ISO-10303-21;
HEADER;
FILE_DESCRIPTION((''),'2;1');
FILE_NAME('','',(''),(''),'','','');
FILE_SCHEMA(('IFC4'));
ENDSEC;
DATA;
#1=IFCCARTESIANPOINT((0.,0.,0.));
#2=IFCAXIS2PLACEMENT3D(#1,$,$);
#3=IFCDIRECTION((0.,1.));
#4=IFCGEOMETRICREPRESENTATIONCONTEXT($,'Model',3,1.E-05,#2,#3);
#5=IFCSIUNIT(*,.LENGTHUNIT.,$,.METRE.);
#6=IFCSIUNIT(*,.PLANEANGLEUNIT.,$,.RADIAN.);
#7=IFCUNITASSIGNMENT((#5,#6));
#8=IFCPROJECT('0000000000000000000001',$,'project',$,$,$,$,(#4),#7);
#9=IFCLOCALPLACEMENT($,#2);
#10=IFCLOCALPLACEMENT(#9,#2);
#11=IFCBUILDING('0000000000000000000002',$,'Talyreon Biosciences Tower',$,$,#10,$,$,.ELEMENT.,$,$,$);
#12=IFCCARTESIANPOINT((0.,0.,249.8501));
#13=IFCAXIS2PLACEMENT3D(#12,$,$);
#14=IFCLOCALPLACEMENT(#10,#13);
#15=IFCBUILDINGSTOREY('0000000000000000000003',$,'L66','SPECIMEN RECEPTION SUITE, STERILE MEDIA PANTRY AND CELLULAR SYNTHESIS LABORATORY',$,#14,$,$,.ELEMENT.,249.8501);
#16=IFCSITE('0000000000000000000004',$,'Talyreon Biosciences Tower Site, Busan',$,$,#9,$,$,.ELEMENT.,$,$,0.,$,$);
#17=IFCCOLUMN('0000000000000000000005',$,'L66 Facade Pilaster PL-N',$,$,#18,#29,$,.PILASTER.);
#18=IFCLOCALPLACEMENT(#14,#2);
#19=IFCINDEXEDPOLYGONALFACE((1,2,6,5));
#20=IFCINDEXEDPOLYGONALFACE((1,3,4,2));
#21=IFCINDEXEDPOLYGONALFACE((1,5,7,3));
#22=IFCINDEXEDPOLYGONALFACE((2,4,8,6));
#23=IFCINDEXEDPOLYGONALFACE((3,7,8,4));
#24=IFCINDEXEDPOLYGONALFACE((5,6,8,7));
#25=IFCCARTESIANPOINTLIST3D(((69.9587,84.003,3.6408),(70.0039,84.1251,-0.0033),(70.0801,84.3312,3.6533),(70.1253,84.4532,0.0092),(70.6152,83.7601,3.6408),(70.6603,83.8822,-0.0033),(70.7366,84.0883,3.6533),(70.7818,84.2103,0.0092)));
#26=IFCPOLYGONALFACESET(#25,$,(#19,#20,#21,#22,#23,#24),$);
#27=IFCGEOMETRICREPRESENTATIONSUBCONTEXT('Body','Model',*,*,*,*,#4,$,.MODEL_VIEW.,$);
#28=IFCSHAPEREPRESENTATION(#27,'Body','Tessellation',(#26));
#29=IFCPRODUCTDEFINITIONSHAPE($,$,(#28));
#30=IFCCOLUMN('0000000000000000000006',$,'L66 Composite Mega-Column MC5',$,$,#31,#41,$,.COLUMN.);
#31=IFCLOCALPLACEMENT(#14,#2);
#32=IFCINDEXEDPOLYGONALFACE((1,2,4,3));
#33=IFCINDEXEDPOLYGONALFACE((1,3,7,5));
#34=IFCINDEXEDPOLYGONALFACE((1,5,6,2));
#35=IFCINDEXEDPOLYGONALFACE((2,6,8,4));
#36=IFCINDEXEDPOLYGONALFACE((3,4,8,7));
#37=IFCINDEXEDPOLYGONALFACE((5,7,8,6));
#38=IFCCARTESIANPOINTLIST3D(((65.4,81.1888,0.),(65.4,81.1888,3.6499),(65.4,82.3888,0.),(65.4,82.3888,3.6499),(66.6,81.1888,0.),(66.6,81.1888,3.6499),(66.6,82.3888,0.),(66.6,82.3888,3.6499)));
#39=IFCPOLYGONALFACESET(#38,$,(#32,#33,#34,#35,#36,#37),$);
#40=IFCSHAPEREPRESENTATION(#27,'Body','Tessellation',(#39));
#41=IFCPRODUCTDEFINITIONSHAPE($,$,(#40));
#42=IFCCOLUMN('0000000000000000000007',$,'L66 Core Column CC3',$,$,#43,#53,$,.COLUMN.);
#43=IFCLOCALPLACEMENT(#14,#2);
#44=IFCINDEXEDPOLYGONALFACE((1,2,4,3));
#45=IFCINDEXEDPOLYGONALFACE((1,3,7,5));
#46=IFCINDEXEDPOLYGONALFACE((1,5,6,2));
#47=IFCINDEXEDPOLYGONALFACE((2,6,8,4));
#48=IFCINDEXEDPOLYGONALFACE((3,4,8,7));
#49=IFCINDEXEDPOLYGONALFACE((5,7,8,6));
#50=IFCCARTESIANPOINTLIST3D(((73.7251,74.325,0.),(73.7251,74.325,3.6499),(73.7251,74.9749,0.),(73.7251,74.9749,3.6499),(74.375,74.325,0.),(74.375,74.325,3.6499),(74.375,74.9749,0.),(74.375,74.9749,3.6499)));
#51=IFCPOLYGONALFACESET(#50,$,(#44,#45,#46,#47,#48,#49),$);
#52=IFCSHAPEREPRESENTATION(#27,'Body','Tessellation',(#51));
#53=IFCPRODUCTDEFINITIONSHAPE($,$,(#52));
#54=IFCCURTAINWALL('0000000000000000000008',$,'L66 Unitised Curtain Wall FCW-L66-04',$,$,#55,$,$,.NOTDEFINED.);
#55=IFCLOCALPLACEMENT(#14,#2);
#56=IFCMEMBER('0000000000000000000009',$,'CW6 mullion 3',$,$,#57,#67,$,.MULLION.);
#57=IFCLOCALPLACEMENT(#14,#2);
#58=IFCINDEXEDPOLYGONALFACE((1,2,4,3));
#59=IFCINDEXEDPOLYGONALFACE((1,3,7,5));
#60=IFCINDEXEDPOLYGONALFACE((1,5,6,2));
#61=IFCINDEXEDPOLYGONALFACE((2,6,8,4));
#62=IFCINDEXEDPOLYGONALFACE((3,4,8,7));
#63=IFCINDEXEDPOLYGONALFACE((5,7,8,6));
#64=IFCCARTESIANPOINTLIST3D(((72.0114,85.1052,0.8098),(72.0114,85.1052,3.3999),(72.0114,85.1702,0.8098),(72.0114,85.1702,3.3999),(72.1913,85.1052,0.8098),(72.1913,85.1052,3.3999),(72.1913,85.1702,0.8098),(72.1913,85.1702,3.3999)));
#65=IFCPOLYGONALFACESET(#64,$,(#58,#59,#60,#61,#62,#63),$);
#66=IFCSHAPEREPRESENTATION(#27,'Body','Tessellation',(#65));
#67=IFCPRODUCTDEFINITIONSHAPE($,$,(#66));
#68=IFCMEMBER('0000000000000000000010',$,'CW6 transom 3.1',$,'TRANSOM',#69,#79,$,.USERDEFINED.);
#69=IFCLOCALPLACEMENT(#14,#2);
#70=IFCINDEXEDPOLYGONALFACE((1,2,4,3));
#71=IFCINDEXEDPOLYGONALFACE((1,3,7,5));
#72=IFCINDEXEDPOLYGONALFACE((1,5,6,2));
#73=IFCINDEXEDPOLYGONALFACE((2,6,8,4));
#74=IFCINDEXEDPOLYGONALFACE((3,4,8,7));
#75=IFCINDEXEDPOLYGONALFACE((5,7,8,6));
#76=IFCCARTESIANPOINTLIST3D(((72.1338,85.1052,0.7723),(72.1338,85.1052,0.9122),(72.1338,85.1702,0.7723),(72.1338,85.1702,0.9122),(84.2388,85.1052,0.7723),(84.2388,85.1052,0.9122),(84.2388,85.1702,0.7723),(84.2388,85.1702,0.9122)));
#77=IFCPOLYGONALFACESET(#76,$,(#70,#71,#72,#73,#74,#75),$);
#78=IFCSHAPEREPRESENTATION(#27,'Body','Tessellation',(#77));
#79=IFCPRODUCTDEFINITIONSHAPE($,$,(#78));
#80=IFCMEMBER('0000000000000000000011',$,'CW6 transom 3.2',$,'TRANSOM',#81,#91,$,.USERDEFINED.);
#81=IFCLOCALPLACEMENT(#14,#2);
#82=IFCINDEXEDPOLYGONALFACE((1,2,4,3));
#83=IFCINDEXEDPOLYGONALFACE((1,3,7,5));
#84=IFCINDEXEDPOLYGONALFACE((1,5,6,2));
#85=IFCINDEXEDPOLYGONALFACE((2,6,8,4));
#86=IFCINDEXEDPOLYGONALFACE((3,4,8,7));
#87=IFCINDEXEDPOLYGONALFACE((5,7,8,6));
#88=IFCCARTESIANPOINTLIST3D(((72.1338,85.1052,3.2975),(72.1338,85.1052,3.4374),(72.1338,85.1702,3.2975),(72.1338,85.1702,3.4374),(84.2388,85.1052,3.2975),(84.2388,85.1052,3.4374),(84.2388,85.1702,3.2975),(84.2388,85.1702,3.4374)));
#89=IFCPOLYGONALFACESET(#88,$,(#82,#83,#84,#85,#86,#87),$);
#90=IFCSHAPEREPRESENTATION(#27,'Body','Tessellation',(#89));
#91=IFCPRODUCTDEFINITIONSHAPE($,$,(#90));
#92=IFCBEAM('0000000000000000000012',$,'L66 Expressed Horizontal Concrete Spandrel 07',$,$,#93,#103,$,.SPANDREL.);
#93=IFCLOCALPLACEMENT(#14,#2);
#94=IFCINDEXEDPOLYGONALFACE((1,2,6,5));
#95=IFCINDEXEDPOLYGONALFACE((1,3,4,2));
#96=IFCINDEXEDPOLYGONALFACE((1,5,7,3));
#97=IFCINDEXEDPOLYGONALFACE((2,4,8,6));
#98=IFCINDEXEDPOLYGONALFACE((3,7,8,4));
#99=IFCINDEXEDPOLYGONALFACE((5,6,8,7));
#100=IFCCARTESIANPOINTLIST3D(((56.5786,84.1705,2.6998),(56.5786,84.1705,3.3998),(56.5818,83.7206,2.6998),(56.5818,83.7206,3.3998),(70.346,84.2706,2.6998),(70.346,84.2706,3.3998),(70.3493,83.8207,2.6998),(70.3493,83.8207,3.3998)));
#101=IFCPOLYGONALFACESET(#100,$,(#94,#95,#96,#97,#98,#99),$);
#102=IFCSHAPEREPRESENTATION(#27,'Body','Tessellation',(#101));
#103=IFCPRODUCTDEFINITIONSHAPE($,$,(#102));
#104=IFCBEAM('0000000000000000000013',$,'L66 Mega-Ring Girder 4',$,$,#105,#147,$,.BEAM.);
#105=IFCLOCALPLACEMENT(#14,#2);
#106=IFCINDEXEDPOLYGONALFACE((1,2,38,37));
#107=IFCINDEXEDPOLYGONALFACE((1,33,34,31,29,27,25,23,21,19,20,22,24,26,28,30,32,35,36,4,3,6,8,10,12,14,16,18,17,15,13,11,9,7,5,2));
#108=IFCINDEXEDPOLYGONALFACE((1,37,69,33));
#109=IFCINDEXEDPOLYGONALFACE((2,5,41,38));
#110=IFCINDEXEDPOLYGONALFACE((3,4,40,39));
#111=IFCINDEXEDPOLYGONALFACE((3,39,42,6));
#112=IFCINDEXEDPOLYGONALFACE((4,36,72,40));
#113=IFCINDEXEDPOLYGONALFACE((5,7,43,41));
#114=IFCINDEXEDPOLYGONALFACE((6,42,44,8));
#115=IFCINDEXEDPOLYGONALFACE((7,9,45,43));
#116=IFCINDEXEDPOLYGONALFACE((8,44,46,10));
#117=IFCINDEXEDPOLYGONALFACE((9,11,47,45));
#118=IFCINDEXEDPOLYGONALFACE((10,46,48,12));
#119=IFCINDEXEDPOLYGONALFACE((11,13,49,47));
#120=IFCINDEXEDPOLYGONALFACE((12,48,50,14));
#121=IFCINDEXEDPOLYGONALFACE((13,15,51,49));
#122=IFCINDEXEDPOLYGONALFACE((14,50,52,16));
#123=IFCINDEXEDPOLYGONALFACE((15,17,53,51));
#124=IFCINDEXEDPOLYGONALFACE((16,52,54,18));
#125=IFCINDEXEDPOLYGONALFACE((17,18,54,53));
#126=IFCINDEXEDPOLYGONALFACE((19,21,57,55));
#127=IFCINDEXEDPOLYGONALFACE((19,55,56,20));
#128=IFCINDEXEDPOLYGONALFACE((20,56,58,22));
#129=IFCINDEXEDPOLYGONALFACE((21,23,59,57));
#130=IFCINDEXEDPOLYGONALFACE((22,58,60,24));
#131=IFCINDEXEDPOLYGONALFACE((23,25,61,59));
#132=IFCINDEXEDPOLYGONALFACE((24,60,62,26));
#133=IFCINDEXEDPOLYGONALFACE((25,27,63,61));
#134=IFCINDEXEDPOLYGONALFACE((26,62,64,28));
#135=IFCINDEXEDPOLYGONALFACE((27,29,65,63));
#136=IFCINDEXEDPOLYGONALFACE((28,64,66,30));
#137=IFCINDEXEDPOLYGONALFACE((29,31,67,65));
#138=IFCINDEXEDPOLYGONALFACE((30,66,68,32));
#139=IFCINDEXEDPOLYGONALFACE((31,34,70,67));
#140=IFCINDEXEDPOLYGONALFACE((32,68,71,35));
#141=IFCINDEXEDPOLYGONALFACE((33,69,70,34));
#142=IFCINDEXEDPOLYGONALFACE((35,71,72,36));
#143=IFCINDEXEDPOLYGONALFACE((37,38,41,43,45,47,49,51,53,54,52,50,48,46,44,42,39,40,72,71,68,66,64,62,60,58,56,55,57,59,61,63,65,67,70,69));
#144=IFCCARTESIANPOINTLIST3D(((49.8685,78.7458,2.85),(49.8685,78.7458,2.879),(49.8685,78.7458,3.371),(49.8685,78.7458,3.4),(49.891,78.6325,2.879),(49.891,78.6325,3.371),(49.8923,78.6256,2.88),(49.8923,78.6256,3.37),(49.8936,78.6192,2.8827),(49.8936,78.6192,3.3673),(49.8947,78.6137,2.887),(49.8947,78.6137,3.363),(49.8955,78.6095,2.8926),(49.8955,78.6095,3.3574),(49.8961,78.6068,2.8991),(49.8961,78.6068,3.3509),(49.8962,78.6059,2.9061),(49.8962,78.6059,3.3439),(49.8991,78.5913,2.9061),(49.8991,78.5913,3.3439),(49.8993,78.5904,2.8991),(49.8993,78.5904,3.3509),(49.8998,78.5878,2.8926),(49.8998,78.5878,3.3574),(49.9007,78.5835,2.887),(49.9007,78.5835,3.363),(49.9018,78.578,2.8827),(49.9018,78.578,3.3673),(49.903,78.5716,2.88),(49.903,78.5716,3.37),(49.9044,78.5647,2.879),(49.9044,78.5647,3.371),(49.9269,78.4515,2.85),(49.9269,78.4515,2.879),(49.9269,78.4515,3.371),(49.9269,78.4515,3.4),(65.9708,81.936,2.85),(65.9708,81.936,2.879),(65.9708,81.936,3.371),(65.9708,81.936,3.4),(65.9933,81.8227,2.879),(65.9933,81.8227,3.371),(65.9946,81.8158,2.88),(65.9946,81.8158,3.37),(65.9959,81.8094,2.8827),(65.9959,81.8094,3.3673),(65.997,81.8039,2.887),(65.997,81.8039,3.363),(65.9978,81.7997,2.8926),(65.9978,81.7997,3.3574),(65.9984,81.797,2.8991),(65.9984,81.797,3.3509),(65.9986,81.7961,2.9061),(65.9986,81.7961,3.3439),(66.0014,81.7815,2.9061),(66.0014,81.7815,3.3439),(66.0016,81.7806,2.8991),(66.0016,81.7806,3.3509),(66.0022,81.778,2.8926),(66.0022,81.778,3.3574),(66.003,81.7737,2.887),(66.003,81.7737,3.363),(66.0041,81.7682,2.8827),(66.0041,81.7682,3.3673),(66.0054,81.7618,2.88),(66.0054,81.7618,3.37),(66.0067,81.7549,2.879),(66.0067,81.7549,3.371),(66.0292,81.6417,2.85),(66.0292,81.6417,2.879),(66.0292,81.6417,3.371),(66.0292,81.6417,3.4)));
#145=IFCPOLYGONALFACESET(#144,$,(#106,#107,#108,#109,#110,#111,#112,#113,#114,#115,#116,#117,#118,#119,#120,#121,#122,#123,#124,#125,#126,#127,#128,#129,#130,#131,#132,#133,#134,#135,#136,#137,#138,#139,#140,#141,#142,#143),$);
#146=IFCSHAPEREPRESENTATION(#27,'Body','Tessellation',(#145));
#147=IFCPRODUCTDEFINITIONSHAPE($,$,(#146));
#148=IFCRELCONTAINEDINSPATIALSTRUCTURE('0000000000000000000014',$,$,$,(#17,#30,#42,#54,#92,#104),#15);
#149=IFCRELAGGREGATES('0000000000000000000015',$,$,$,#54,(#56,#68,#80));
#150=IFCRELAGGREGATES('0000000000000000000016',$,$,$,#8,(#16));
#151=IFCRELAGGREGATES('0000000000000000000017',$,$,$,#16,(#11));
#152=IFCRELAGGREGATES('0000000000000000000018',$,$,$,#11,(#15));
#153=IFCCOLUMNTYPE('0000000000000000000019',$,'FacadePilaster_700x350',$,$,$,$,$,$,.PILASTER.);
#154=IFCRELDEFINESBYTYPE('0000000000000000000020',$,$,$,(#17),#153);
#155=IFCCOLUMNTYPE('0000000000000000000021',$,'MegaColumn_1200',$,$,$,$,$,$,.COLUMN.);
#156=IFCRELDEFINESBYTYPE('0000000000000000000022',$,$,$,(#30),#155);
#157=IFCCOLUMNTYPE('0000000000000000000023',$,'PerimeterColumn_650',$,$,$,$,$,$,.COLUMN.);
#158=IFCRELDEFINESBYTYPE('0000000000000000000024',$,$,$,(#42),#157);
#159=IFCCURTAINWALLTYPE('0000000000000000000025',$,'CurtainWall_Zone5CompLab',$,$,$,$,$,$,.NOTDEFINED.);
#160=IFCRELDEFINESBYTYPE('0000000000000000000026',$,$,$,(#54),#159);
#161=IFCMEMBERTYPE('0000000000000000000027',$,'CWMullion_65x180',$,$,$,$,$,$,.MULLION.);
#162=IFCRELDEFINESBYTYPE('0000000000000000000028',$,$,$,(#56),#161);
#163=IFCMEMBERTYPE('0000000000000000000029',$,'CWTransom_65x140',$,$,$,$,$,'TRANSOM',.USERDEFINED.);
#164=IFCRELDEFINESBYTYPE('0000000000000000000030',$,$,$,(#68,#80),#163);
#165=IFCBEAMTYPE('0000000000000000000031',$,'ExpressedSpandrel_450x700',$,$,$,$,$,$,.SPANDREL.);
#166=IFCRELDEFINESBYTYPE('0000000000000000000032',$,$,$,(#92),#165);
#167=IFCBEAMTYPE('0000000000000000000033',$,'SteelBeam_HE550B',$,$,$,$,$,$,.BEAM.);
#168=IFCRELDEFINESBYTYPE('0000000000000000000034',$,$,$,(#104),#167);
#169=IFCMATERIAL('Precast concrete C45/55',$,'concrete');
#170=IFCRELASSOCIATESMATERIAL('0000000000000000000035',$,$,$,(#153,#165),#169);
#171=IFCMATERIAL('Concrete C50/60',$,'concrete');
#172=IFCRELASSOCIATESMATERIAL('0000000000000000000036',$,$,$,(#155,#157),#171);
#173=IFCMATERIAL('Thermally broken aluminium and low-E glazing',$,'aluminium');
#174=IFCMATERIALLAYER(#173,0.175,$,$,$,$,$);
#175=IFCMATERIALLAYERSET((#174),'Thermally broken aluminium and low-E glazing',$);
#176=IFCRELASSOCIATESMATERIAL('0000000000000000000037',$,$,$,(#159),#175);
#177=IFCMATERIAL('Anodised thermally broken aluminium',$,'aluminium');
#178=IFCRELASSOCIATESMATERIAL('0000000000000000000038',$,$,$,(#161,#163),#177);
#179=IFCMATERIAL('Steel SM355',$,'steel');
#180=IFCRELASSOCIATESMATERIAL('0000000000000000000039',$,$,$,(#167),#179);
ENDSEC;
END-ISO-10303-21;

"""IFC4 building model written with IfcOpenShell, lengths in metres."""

from ifc_helpers import new_model, si_unit, direction, frame, origin, origin_2d, place, context, subcontext, project, spatial, rectangle, i_section, extrude, material, layer, layer_set, material_profile, profile_set, type_object, element, aggregate, save


model = new_model("IFC4")

# Units and contexts
model_context = context("Model", 3, precision=1e-05, world=origin(), true_north=direction((0.0, 1.0)))
body_context = subcontext(model_context, "Body", "Model", "MODEL_VIEW")
ifc_project = project(units=[si_unit("LENGTHUNIT", "METRE"), si_unit("PLANEANGLEUNIT", "RADIAN")], contexts=[model_context])

# Site, building, storey
site_placement = place(None, origin())
site = spatial("IfcSite", under=ifc_project, at=site_placement, Name="Talyreon Biosciences Tower Site, Busan", CompositionType="ELEMENT", RefElevation=0.0)
building_placement = place(site_placement, origin())
building = spatial("IfcBuilding", under=site, at=building_placement, Name="Talyreon Biosciences Tower", CompositionType="ELEMENT")
storey_placement = place(building_placement, frame((0.0, 0.0, 249.8501)))
storey = spatial("IfcBuildingStorey", under=building, at=storey_placement, Name="L66", Description="SPECIMEN RECEPTION SUITE, STERILE MEDIA PANTRY AND CELLULAR SYNTHESIS LABORATORY", CompositionType="ELEMENT", Elevation=249.8501)

# Columns
ifc_material_1 = material(Name="Precast concrete C45/55", Category="concrete")
ifc_material_profile_1 = material_profile(ifc_material_1, rectangle(XDim=0.7, YDim=0.3501, at=origin_2d()), Name="RC 700x350")
ifc_profile_set_1 = profile_set([ifc_material_profile_1], Name="Precast concrete C45/55")
column_type_1 = type_object("IfcColumnType", Name="FacadePilaster_700x350", PredefinedType="PILASTER", material=ifc_profile_set_1)
column_1_placement = place(storey_placement, frame((70.3928, 84.1677, 0.0029), z_axis=(-0.012387, -0.033477, 0.999363), x_axis=(-0.937862, 0.347009, 0.0)))
element("IfcColumn", 1, at=column_1_placement, inside=storey, type_object=column_type_1, Name="L66 Facade Pilaster PL-N", PredefinedType="PILASTER", context=body_context, shape_type="SweptSolid", body=[
    extrude(rectangle(XDim=0.7, YDim=0.3501, at=origin_2d()), origin(), (0.0, 0.0, 1.0), 3.6465),
])
ifc_material_2 = material(Name="Concrete C50/60", Category="concrete")
ifc_material_profile_2 = material_profile(ifc_material_2, rectangle(XDim=1.2, YDim=1.2, at=origin_2d()), Name="RC 1200x1200")
ifc_profile_set_2 = profile_set([ifc_material_profile_2], Name="Concrete C50/60")
column_type_2 = type_object("IfcColumnType", Name="MegaColumn_1200", PredefinedType="COLUMN", material=ifc_profile_set_2)
column_2_placement = place(storey_placement, frame((66.0, 81.7888, 0.0), z_axis=(0.0, 0.0, 1.0), x_axis=(1.0, 0.0, 0.0)))
element("IfcColumn", 2, at=column_2_placement, inside=storey, type_object=column_type_2, Name="L66 Composite Mega-Column MC5", PredefinedType="COLUMN", context=body_context, shape_type="SweptSolid", body=[
    extrude(rectangle(XDim=1.2, YDim=1.2, at=origin_2d()), origin(), (0.0, 0.0, 1.0), 3.6499),
])
ifc_material_profile_3 = material_profile(ifc_material_2, rectangle(XDim=0.6499, YDim=0.6499, at=origin_2d()), Name="RC 650x650")
ifc_profile_set_3 = profile_set([ifc_material_profile_3], Name="Concrete C50/60")
column_type_3 = type_object("IfcColumnType", Name="PerimeterColumn_650", PredefinedType="COLUMN", material=ifc_profile_set_3)
column_3_placement = place(storey_placement, frame((74.05, 74.6499, 0.0), z_axis=(0.0, 0.0, 1.0), x_axis=(1.0, 0.0, 0.0)))
element("IfcColumn", 3, at=column_3_placement, inside=storey, type_object=column_type_3, Name="L66 Core Column CC3", PredefinedType="COLUMN", context=body_context, shape_type="SweptSolid", body=[
    extrude(rectangle(XDim=0.6499, YDim=0.6499, at=origin_2d()), origin(), (0.0, 0.0, 1.0), 3.6499),
])

# Curtain wall, members
ifc_material_3 = material(Name="Thermally broken aluminium and low-E glazing", Category="aluminium")
ifc_layer_1 = layer(ifc_material_3, 0.175)
ifc_layer_set_1 = layer_set([ifc_layer_1], Name="Thermally broken aluminium and low-E glazing")
curtain_wall_type = type_object("IfcCurtainWallType", Name="CurtainWall_Zone5CompLab", PredefinedType="NOTDEFINED", material=ifc_layer_set_1)
curtain_wall_placement = place(storey_placement, origin())
curtain_wall = element("IfcCurtainWall", 4, at=curtain_wall_placement, inside=storey, type_object=curtain_wall_type, Name="L66 Unitised Curtain Wall FCW-L66-04", PredefinedType="NOTDEFINED")
ifc_material_4 = material(Name="Anodised thermally broken aluminium", Category="aluminium")
ifc_material_profile_4 = material_profile(ifc_material_4, rectangle(XDim=0.0649, YDim=0.1799, at=origin_2d()), Name="ALUM MULLION 65x180")
ifc_profile_set_4 = profile_set([ifc_material_profile_4], Name="Anodised thermally broken aluminium")
member_type_1 = type_object("IfcMemberType", Name="CWMullion_65x180", PredefinedType="MULLION", material=ifc_profile_set_4)
member_1_placement = place(storey_placement, frame((72.1013, 85.1377, 0.8098), z_axis=(0.0, 0.0, 1.0), x_axis=(0.0, 1.0, 0.0)))
member_1 = element("IfcMember", 5, at=member_1_placement, type_object=member_type_1, Name="CW6 mullion 3", PredefinedType="MULLION", context=body_context, shape_type="SweptSolid", body=[
    extrude(rectangle(XDim=0.0649, YDim=0.1799, at=origin_2d()), origin(), (0.0, 0.0, 1.0), 2.5901),
])
ifc_material_profile_5 = material_profile(ifc_material_4, rectangle(XDim=0.0649, YDim=0.1399, at=origin_2d()), Name="ALUM TRANSOM 65x140")
ifc_profile_set_5 = profile_set([ifc_material_profile_5], Name="Anodised thermally broken aluminium")
member_type_2 = type_object("IfcMemberType", Name="CWTransom_65x140", ElementType="TRANSOM", PredefinedType="USERDEFINED", material=ifc_profile_set_5)
member_2_placement = place(storey_placement, frame((72.1338, 85.1377, 0.8423), z_axis=(1.0, 0.0, 0.0), x_axis=(0.0, 1.0, 0.0)))
member_2 = element("IfcMember", 6, at=member_2_placement, type_object=member_type_2, Name="CW6 transom 3.1", ObjectType="TRANSOM", PredefinedType="USERDEFINED", context=body_context, shape_type="SweptSolid", body=[
    extrude(rectangle(XDim=0.0649, YDim=0.1399, at=origin_2d()), origin(), (0.0, 0.0, 1.0), 12.105),
])
member_3_placement = place(storey_placement, frame((72.1338, 85.1377, 3.3674), z_axis=(1.0, 0.0, 0.0), x_axis=(0.0, 1.0, 0.0)))
member_3 = element("IfcMember", 7, at=member_3_placement, type_object=member_type_2, Name="CW6 transom 3.2", ObjectType="TRANSOM", PredefinedType="USERDEFINED", context=body_context, shape_type="SweptSolid", body=[
    extrude(rectangle(XDim=0.0649, YDim=0.1399, at=origin_2d()), origin(), (0.0, 0.0, 1.0), 12.105),
])

# Beams
ifc_material_profile_6 = material_profile(ifc_material_1, rectangle(XDim=0.45, YDim=0.7, at=origin_2d()), Name="RCB 450x700")
ifc_profile_set_6 = profile_set([ifc_material_profile_6], Name="Precast concrete C45/55")
beam_type_1 = type_object("IfcBeamType", Name="ExpressedSpandrel_450x700", PredefinedType="SPANDREL", material=ifc_profile_set_6)
beam_1_placement = place(storey_placement, frame((70.3477, 84.0457, 3.0498), z_axis=(-0.999974, -0.00727, 0.0), x_axis=(0.00727, -0.999974, 0.0)))
element("IfcBeam", 8, at=beam_1_placement, inside=storey, type_object=beam_type_1, Name="L66 Expressed Horizontal Concrete Spandrel 07", PredefinedType="SPANDREL", context=body_context, shape_type="SweptSolid", body=[
    extrude(rectangle(XDim=0.45, YDim=0.7, at=origin_2d()), origin(), (0.0, 0.0, 1.0), 13.7678),
])
ifc_material_5 = material(Name="Steel SM355", Category="steel")
ifc_material_profile_7 = material_profile(ifc_material_5, i_section(OverallWidth=0.3, OverallDepth=0.55, WebThickness=0.0149, FlangeThickness=0.0291, FilletRadius=0.0271, at=origin_2d()), Name="HE550B")
ifc_profile_set_7 = profile_set([ifc_material_profile_7], Name="Steel SM355")
beam_type_2 = type_object("IfcBeamType", Name="SteelBeam_HE550B", PredefinedType="BEAM", material=ifc_profile_set_7)
beam_2_placement = place(storey_placement, frame((66.0, 81.7888, 3.125), z_axis=(-0.980934, -0.194343, 0.0), x_axis=(0.194343, -0.980934, 0.0)))
element("IfcBeam", 9, at=beam_2_placement, inside=storey, type_object=beam_type_2, Name="L66 Mega-Ring Girder 4", PredefinedType="BEAM", context=body_context, shape_type="SweptSolid", body=[
    extrude(i_section(OverallWidth=0.3, OverallDepth=0.55, WebThickness=0.0149, FlangeThickness=0.0291, FilletRadius=0.0271, at=origin_2d()), origin(), (0.0, 0.0, 1.0), 16.4153),
])

aggregate(curtain_wall, [member_1, member_2, member_3])

save(model, "model.ifc")
